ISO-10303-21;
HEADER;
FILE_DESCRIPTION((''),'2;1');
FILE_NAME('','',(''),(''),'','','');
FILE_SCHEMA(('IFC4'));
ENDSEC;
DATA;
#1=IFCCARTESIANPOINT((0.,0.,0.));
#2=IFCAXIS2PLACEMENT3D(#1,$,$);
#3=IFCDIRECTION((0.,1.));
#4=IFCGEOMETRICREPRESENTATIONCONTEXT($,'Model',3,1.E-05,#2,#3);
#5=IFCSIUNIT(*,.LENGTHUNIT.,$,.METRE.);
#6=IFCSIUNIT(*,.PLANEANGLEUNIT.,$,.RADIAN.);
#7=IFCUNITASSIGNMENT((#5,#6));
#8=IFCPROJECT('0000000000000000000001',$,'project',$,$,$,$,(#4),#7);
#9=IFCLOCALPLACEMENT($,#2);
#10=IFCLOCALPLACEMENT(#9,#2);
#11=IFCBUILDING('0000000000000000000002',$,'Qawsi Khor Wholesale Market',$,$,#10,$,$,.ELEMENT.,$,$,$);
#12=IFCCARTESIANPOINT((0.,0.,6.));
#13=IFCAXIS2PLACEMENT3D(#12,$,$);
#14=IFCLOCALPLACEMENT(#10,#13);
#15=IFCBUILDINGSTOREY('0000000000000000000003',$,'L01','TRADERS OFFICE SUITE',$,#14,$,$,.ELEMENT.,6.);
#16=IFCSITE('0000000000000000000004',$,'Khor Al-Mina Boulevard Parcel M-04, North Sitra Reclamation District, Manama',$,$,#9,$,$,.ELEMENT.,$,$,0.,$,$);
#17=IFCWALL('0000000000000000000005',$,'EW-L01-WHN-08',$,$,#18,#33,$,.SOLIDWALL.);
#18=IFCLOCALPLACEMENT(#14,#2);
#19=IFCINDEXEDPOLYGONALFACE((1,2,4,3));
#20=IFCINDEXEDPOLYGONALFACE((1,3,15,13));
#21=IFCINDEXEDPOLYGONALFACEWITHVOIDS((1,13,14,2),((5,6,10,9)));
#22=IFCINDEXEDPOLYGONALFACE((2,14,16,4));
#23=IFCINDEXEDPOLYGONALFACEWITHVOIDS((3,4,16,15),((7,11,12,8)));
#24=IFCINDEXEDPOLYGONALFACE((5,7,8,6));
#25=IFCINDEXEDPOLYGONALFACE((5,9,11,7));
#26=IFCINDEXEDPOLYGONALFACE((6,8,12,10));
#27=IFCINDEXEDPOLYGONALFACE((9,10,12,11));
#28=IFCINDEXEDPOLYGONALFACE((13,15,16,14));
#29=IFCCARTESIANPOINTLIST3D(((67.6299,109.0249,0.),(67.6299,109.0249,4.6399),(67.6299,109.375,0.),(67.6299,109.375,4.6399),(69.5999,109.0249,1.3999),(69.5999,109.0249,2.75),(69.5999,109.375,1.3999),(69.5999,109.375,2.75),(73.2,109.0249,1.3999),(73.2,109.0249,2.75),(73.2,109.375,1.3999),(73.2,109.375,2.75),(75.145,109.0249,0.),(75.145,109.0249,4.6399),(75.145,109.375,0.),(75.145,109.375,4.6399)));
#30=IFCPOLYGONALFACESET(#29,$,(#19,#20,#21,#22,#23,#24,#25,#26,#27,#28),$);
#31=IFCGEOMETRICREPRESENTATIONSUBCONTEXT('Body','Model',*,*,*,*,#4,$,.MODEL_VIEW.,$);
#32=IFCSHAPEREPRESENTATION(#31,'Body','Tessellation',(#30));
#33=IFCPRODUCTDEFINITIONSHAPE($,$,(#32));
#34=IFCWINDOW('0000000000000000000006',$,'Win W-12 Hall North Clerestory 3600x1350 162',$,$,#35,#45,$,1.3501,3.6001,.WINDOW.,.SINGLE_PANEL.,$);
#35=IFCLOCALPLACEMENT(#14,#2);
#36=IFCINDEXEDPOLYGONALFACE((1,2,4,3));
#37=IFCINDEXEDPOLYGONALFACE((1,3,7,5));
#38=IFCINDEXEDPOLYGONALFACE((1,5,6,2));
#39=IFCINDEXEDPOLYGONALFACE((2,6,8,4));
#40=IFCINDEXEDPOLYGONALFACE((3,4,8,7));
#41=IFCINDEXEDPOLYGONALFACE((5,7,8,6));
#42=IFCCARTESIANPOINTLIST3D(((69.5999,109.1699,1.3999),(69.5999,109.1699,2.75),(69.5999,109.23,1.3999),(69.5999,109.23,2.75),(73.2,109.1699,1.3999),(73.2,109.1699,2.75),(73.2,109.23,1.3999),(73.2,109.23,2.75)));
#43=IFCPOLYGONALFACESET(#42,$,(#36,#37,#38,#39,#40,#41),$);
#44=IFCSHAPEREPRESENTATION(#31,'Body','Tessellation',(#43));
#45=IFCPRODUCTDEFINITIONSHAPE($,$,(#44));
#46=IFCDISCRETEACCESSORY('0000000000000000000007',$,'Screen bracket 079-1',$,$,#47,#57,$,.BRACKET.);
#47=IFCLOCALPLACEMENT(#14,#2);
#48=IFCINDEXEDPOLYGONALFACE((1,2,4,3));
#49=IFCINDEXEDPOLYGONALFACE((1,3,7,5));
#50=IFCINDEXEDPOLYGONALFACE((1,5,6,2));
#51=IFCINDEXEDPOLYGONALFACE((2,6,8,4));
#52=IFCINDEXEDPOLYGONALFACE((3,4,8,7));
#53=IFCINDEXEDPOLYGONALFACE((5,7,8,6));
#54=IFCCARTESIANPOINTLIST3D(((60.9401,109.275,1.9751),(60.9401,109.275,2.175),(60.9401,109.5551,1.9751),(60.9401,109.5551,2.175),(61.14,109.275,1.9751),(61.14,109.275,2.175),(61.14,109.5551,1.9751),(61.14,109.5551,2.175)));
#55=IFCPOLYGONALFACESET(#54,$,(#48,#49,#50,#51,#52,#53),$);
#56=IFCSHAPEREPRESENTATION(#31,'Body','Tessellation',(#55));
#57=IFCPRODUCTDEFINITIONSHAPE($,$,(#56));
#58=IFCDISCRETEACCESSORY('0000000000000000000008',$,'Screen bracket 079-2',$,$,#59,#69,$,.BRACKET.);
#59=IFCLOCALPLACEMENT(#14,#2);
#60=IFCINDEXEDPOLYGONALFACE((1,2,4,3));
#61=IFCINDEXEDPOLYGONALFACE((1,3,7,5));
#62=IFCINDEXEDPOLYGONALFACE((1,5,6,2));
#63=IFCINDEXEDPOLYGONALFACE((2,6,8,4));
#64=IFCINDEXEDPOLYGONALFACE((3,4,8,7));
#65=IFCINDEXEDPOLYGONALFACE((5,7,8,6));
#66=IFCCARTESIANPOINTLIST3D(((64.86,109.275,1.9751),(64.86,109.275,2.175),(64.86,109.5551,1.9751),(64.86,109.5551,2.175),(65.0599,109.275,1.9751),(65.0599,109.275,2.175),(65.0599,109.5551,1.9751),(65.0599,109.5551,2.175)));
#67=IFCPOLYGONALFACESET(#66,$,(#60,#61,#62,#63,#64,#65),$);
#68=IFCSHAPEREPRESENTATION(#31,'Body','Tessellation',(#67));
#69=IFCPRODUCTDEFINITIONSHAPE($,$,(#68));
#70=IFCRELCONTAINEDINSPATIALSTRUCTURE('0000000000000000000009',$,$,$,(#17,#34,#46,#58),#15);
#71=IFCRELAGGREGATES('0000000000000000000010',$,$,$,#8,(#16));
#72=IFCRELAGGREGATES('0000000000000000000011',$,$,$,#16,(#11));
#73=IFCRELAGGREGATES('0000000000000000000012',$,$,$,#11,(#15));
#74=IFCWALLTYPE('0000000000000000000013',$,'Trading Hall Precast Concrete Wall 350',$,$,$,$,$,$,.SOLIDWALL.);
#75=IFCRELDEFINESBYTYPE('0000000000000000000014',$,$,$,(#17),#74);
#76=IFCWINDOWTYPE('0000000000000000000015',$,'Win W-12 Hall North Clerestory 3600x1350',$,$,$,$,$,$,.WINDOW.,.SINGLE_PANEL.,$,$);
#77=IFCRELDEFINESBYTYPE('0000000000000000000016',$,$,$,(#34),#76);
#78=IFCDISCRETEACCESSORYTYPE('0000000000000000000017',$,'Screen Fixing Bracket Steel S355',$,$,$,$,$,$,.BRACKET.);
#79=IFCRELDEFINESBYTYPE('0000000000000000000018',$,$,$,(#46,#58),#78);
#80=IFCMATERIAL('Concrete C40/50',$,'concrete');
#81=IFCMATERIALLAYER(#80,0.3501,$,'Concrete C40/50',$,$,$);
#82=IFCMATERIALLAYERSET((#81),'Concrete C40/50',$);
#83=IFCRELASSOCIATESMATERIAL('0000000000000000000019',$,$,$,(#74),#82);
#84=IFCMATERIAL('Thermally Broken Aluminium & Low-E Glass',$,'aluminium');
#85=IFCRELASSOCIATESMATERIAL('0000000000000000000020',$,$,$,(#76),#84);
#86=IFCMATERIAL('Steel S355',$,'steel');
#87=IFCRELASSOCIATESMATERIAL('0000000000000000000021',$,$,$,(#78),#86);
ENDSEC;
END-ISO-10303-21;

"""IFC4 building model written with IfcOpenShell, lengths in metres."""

from ifc_helpers import new_model, si_unit, direction, frame, frame_2d, origin, origin_2d, place, context, subcontext, project, spatial, rectangle, extrude, material, layer, layer_set, type_object, element, fill, save


model = new_model("IFC4")

# Units and contexts
model_context = context("Model", 3, precision=1e-05, world=origin(), true_north=direction((0.0, 1.0)))
body_context = subcontext(model_context, "Body", "Model", "MODEL_VIEW")
ifc_project = project(units=[si_unit("LENGTHUNIT", "METRE"), si_unit("PLANEANGLEUNIT", "RADIAN")], contexts=[model_context])

# Site, building, storey
site_placement = place(None, origin())
site = spatial("IfcSite", under=ifc_project, at=site_placement, Name="Khor Al-Mina Boulevard Parcel M-04, North Sitra Reclamation District, Manama", CompositionType="ELEMENT", RefElevation=0.0)
building_placement = place(site_placement, origin())
building = spatial("IfcBuilding", under=site, at=building_placement, Name="Qawsi Khor Wholesale Market", CompositionType="ELEMENT")
storey_placement = place(building_placement, frame((0.0, 0.0, 6.0)))
storey = spatial("IfcBuildingStorey", under=building, at=storey_placement, Name="L01", Description="TRADERS OFFICE SUITE", CompositionType="ELEMENT", Elevation=6.0)

# Shared definitions
ifc_material_1 = material(Name="Concrete C40/50", Category="concrete")

# Shared definitions
ifc_material_2 = material(Name="Steel S355", Category="steel")

# Wall, opening, window
ifc_layer_1 = layer(ifc_material_1, 0.3501, Name="Concrete C40/50")
ifc_layer_set_1 = layer_set([ifc_layer_1], Name="Concrete C40/50")
wall_type = type_object("IfcWallType", Name="Trading Hall Precast Concrete Wall 350", PredefinedType="SOLIDWALL", material=ifc_layer_set_1)
ifc_material_3 = material(Name="Thermally Broken Aluminium & Low-E Glass", Category="aluminium")
window_type = type_object("IfcWindowType", Name="Win W-12 Hall North Clerestory 3600x1350", PartitioningType="SINGLE_PANEL", PredefinedType="WINDOW", material=ifc_material_3)
wall_1_placement = place(storey_placement, frame((67.6299, 109.2, 0.0), z_axis=(0.0, 0.0, 1.0), x_axis=(1.0, 0.0, 0.0)))
wall_1 = element("IfcWall", 1, at=wall_1_placement, inside=storey, type_object=wall_type, Name="EW-L01-WHN-08", PredefinedType="SOLIDWALL", context=body_context, shape_type="SweptSolid", body=[
    extrude(rectangle(XDim=7.5151, YDim=0.3501, at=frame_2d((3.7576, 0.0))), origin(), (0.0, 0.0, 1.0), 4.6399),
])
opening_1_placement = place(wall_1_placement, frame((1.97, 0.0, 1.3999)))
opening_1 = element("IfcOpeningElement", 2, at=opening_1_placement, cuts=wall_1, PredefinedType="OPENING", context=body_context, shape_type="SweptSolid", body=[
    extrude(rectangle(XDim=3.6001, YDim=1.3501, at=frame_2d((1.8, 0.675))), frame((0.0, 0.1851, 0.0), z_axis=(0.0, -1.0, 0.0), x_axis=(1.0, 0.0, 0.0)), (0.0, 0.0, 1.0), 0.3701),
])
window_1_placement = place(opening_1_placement, origin())
window_1 = element("IfcWindow", 3, at=window_1_placement, inside=storey, type_object=window_type, Name="Win W-12 Hall North Clerestory 3600x1350 162", OverallHeight=1.3501, OverallWidth=3.6001, PartitioningType="SINGLE_PANEL", PredefinedType="WINDOW", context=body_context, shape_type="SweptSolid", body=[
    extrude(rectangle(XDim=3.6001, YDim=1.3501, at=frame_2d((1.8, 0.675))), frame((0.0, 0.03, 0.0), z_axis=(0.0, -1.0, 0.0), x_axis=(1.0, 0.0, 0.0)), (0.0, 0.0, 1.0), 0.0601),
])
fill(opening_1, window_1)

# Discrete accessories
discrete_accessory_type = type_object("IfcDiscreteAccessoryType", Name="Screen Fixing Bracket Steel S355", PredefinedType="BRACKET", material=ifc_material_2)
for number, where, z_axis, x_axis, name in (
    (4, (61.04, 109.415, 1.9751), (0.0, 0.0, 1.0), (1.0, 0.0, 0.0), "Screen bracket 079-1"),
    (5, (64.96, 109.415, 1.9751), (0.0, 0.0, 1.0), (1.0, 0.0, 0.0), "Screen bracket 079-2"),
):
    element("IfcDiscreteAccessory", number, at=place(storey_placement, frame(where, z_axis=z_axis, x_axis=x_axis)), inside=storey, type_object=discrete_accessory_type, Name=name, PredefinedType="BRACKET", context=body_context, shape_type="SweptSolid", body=[
        extrude(rectangle(XDim=0.2, YDim=0.28, at=origin_2d()), origin(), (0.0, 0.0, 1.0), 0.2),
    ])

save(model, "model.ifc")
